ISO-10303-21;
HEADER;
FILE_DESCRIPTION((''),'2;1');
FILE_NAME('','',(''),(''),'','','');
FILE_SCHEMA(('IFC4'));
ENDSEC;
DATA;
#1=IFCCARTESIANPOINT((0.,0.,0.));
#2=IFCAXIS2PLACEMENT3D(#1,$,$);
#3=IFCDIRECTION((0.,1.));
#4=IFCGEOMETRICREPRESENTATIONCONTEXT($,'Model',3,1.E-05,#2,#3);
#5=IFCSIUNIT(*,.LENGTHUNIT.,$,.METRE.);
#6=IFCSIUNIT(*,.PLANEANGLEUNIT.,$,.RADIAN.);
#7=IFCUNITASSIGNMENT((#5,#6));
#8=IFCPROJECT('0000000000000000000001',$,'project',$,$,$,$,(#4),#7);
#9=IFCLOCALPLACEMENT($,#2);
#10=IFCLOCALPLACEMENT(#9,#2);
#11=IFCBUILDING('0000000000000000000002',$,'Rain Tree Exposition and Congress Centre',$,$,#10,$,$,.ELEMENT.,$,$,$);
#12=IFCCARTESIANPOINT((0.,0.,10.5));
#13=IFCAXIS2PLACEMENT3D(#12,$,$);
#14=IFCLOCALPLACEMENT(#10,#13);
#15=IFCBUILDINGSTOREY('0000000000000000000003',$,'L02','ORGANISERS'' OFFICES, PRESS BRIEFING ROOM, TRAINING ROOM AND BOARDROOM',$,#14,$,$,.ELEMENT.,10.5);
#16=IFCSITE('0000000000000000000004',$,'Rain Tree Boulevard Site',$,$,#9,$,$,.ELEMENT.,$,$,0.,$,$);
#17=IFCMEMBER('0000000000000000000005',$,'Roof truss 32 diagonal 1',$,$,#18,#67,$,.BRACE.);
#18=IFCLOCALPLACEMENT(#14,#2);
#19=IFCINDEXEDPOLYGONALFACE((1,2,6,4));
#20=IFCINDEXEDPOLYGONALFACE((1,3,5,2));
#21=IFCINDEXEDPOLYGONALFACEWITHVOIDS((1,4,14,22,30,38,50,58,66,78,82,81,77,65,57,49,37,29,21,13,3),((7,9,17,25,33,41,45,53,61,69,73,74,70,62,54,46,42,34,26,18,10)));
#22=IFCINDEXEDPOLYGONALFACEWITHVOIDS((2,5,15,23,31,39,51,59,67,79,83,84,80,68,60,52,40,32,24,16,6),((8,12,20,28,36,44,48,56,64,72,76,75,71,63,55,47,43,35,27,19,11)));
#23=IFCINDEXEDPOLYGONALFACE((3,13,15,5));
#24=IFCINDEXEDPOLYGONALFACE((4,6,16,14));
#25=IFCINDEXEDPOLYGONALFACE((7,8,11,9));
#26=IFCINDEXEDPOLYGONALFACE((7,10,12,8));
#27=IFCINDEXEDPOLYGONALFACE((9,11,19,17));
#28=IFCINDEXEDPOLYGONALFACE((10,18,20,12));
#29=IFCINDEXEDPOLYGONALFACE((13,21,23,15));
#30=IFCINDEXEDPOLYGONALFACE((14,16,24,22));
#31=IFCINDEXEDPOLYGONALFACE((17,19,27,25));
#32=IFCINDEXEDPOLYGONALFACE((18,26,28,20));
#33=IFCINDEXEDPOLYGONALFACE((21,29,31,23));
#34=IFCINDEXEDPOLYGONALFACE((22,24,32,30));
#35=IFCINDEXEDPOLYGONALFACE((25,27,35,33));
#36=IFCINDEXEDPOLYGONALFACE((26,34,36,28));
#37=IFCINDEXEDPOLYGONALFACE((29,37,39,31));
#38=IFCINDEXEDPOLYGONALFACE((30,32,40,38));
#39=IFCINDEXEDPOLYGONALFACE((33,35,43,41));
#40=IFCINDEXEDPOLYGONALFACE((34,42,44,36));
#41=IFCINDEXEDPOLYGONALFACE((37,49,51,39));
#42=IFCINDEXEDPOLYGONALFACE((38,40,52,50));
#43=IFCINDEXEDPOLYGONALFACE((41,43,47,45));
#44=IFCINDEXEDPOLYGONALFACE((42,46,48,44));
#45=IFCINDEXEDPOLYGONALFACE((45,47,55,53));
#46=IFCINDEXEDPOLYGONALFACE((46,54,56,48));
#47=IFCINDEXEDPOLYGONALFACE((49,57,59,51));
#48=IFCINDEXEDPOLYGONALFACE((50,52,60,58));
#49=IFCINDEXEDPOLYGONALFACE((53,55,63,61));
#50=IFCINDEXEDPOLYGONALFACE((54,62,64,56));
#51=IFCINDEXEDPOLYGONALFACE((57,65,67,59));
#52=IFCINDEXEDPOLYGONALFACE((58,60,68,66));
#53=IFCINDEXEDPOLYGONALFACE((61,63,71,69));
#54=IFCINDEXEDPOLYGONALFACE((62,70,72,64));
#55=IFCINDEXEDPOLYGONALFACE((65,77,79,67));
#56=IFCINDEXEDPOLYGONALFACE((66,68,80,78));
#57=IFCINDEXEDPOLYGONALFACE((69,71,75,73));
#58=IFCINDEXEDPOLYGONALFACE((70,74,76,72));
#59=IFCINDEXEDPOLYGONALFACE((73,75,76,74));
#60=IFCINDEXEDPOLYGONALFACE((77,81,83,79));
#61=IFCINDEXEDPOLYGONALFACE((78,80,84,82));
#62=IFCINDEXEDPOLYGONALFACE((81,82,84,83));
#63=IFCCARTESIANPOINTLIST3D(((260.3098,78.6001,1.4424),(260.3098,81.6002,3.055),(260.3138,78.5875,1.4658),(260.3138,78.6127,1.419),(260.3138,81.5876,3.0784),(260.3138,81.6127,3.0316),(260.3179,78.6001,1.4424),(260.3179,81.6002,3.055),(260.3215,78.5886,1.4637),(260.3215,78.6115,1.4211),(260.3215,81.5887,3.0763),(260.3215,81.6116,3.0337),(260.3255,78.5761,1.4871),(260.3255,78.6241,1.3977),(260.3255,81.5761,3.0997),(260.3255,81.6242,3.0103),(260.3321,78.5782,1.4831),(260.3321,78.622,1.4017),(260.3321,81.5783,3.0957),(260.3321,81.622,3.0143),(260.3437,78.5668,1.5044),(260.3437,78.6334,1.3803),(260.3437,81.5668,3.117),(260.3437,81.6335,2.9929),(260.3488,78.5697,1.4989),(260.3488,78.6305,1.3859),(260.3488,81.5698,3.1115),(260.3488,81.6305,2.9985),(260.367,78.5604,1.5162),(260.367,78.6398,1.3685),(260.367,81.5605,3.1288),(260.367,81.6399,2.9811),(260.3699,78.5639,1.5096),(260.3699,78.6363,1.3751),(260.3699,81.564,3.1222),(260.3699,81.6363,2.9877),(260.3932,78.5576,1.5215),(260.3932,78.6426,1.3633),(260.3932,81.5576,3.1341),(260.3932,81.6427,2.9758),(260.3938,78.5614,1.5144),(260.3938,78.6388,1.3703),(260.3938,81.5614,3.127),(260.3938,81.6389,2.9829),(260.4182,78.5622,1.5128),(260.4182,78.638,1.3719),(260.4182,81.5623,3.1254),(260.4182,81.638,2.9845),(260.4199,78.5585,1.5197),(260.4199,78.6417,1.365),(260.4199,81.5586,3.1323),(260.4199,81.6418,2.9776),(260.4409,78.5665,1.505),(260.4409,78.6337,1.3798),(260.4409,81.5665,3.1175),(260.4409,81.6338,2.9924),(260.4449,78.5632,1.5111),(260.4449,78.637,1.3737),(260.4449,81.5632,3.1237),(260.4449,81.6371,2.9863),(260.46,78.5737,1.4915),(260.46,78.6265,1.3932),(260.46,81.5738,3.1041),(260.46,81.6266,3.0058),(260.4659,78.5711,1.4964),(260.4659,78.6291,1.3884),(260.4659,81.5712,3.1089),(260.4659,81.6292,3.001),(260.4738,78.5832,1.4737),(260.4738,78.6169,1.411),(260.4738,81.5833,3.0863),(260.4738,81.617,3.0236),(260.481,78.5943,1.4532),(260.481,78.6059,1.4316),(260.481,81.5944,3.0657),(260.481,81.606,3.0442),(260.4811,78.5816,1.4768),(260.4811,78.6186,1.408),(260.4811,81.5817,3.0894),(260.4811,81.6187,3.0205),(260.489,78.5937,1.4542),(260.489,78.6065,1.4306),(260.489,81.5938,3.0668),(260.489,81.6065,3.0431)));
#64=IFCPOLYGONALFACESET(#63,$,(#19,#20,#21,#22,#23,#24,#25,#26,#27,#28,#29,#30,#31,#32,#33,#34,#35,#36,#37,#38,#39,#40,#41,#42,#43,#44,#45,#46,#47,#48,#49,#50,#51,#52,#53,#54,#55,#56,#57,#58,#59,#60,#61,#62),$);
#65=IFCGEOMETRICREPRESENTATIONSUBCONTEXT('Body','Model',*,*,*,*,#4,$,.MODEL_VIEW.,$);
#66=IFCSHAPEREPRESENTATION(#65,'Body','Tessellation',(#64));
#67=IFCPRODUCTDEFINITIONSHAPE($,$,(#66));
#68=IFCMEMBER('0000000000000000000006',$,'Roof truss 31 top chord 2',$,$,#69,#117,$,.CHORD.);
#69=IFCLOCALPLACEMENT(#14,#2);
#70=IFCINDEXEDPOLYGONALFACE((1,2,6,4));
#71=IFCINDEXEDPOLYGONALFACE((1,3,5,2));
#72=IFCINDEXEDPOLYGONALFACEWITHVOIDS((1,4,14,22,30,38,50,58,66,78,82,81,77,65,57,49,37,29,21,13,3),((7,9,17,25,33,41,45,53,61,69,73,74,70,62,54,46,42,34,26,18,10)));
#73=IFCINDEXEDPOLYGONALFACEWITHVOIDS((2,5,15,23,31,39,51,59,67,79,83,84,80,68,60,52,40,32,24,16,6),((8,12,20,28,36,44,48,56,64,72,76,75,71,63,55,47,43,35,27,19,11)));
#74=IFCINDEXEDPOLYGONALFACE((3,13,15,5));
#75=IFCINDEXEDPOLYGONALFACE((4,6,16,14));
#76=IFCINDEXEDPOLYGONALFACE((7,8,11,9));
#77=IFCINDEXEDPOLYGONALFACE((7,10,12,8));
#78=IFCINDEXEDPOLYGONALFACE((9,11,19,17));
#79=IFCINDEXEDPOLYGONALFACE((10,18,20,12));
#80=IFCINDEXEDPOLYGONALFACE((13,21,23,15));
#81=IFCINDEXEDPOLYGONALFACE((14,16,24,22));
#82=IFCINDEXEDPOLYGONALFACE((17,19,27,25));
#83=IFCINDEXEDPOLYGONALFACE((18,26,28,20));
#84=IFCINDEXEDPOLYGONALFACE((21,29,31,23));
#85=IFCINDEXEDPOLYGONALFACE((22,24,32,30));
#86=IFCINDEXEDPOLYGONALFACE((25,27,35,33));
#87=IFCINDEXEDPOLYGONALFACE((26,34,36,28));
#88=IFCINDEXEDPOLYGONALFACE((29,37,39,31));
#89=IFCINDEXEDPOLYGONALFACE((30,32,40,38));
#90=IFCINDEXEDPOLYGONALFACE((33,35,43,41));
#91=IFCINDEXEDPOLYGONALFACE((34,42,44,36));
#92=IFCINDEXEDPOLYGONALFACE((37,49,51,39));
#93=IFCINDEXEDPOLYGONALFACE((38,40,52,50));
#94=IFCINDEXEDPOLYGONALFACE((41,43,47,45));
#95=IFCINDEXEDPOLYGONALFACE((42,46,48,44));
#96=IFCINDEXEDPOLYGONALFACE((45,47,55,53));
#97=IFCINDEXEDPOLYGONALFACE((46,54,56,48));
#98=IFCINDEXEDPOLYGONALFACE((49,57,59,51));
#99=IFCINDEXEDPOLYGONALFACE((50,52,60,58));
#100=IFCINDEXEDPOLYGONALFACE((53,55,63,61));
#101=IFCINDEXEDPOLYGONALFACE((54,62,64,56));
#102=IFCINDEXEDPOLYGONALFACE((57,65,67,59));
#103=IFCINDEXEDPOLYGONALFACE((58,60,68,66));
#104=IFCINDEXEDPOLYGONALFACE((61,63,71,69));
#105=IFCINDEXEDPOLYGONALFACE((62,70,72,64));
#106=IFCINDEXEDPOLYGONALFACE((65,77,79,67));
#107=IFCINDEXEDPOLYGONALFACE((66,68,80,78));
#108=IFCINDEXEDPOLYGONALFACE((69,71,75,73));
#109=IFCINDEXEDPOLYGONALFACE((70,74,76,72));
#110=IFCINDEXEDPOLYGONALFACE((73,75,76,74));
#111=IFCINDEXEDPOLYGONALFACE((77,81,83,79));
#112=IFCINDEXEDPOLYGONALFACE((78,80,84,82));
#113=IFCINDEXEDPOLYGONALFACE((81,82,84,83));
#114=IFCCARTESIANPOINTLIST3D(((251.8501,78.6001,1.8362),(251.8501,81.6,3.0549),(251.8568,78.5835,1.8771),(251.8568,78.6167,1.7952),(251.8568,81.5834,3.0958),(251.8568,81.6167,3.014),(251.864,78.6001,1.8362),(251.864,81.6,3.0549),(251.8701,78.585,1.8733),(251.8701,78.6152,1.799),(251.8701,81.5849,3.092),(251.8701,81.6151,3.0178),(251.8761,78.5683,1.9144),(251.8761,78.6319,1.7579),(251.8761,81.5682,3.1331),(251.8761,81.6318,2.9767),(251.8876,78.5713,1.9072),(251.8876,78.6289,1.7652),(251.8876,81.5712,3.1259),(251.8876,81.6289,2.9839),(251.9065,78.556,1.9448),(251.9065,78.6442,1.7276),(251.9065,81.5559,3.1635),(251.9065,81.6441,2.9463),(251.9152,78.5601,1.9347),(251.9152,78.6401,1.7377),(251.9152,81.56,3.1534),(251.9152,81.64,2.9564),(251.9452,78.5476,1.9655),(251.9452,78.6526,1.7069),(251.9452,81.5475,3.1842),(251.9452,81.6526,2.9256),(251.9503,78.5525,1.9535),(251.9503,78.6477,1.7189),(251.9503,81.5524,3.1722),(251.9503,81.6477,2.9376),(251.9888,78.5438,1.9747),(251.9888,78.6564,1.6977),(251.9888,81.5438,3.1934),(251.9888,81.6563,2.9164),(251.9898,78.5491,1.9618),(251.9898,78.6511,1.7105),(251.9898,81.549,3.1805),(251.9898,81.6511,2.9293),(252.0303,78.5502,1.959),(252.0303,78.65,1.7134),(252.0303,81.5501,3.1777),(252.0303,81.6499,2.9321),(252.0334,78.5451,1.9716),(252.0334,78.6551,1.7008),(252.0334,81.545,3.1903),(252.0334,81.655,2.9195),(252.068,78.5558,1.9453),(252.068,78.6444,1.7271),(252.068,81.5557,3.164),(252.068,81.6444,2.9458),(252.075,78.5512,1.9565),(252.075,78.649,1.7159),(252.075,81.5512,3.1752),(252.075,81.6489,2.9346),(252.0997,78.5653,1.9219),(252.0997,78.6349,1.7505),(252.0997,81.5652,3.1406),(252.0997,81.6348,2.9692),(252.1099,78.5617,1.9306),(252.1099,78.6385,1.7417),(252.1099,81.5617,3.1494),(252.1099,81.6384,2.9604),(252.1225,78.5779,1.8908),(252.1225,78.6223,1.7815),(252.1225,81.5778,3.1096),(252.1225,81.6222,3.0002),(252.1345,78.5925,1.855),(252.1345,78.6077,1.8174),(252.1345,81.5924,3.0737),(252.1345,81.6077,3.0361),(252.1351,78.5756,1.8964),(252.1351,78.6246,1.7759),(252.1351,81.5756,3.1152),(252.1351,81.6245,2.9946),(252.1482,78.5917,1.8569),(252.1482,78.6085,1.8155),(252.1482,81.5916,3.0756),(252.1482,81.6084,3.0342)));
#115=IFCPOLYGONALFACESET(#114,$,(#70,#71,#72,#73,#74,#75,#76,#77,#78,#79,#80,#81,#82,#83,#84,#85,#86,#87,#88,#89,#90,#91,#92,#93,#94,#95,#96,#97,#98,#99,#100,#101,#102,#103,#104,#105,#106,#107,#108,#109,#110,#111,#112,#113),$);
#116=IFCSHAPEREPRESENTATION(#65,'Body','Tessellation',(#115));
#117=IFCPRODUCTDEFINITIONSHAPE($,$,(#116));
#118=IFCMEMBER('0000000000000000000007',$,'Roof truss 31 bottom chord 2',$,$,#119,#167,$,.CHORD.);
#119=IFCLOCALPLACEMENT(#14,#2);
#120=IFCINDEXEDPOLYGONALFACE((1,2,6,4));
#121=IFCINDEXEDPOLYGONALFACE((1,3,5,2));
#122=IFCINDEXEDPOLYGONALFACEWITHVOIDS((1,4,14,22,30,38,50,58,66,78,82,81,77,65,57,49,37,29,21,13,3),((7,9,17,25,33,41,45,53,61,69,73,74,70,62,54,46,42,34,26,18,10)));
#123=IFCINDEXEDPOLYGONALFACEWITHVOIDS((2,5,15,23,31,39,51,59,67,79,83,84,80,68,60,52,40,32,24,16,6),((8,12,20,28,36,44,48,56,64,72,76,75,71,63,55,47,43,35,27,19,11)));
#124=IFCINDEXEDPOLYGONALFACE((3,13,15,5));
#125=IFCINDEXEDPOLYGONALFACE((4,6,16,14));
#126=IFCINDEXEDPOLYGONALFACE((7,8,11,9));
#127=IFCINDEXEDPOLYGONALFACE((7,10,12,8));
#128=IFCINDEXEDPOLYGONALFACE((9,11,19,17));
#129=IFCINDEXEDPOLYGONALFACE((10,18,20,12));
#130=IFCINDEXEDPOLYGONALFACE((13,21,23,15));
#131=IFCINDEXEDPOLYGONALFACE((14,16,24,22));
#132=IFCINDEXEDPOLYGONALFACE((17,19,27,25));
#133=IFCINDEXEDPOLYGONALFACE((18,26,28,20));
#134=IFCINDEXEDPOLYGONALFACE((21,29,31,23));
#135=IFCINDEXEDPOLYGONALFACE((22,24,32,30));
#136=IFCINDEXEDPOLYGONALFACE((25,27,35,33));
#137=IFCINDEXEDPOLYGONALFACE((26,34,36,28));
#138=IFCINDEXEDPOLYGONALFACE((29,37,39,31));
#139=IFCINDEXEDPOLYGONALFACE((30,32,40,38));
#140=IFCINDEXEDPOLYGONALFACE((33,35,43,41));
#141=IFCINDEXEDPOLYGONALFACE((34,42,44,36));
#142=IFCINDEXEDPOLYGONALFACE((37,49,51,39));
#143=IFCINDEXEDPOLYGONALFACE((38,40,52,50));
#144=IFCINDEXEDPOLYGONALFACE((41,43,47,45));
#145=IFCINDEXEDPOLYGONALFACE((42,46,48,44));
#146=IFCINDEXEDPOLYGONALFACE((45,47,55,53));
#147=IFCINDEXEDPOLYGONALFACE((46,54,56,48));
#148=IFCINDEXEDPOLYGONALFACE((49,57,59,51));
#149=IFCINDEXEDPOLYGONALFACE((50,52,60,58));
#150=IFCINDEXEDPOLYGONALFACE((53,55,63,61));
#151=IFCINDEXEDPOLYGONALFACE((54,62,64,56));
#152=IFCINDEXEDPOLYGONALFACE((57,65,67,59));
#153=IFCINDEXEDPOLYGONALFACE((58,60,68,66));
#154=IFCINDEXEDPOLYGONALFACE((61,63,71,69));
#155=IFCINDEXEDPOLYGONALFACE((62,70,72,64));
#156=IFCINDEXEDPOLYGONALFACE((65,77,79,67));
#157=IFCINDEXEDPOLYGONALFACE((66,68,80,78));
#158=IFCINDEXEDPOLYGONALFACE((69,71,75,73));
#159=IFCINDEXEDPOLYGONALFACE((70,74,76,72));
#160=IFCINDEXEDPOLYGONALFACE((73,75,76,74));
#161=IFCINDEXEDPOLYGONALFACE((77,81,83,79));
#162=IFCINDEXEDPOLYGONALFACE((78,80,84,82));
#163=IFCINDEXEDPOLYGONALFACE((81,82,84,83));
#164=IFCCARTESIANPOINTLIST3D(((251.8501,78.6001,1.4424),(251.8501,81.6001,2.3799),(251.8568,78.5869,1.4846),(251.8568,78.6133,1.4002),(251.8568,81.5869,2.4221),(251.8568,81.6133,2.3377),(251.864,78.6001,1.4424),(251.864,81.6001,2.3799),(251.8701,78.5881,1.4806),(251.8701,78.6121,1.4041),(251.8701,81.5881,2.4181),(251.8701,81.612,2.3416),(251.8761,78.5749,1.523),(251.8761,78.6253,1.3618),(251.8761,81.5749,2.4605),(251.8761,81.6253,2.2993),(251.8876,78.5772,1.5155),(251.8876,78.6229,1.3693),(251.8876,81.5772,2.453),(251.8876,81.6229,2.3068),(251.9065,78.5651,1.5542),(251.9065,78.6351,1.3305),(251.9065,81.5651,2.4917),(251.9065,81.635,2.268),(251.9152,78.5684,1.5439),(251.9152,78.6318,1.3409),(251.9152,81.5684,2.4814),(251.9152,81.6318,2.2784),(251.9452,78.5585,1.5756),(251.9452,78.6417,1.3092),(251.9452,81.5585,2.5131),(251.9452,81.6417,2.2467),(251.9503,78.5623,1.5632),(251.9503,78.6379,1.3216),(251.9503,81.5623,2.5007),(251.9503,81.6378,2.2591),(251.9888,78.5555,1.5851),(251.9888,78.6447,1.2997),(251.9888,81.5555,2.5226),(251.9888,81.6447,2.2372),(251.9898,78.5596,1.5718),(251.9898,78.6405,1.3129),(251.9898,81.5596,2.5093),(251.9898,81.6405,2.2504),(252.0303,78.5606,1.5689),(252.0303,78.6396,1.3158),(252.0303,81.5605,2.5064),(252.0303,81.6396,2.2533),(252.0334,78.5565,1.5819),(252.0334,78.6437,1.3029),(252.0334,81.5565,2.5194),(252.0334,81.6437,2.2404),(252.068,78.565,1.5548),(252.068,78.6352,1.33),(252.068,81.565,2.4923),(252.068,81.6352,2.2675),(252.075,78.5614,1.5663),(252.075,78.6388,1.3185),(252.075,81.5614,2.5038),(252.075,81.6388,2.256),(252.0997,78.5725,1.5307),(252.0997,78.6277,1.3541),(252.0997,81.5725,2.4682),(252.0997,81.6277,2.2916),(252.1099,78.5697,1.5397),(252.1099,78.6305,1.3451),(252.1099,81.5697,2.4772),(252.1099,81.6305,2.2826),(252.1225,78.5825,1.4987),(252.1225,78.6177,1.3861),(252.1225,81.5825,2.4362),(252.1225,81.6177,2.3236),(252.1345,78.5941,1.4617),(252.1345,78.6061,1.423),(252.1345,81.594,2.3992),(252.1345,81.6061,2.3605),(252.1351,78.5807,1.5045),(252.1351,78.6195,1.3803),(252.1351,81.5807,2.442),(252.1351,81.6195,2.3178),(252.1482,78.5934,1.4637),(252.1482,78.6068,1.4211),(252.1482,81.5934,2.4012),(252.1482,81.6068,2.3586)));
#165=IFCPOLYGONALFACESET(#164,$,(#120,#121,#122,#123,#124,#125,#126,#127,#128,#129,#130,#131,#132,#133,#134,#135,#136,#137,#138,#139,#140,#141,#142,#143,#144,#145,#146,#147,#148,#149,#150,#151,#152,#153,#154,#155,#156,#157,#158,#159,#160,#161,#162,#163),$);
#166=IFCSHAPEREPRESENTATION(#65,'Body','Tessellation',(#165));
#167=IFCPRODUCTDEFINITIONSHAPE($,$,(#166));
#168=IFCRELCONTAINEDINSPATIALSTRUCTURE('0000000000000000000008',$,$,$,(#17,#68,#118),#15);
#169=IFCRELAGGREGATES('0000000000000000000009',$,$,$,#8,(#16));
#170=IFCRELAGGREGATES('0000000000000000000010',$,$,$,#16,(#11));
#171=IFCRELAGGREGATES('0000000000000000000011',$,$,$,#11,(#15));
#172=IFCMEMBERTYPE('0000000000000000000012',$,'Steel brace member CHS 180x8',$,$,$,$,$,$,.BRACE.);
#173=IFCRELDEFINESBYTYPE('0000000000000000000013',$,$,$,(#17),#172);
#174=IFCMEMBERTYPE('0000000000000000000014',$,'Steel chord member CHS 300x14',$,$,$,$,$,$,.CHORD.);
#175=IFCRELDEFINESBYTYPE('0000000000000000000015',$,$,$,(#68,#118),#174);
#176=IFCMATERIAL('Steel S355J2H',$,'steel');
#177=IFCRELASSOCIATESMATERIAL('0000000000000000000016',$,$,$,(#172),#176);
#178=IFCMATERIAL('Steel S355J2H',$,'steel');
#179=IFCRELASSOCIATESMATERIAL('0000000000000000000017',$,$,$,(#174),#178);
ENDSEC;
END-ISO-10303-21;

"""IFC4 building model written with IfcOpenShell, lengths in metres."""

from ifc_helpers import new_model, si_unit, direction, frame, origin, origin_2d, place, context, subcontext, project, spatial, hollow_circle, extrude, material, material_profile, profile_set, type_object, element, save


model = new_model("IFC4")

# Units and contexts
model_context = context("Model", 3, precision=1e-05, world=origin(), true_north=direction((0.0, 1.0)))
body_context = subcontext(model_context, "Body", "Model", "MODEL_VIEW")
ifc_project = project(units=[si_unit("LENGTHUNIT", "METRE"), si_unit("PLANEANGLEUNIT", "RADIAN")], contexts=[model_context])

# Site, building, storey
site_placement = place(None, origin())
site = spatial("IfcSite", under=ifc_project, at=site_placement, Name="Rain Tree Boulevard Site", CompositionType="ELEMENT", RefElevation=0.0)
building_placement = place(site_placement, origin())
building = spatial("IfcBuilding", under=site, at=building_placement, Name="Rain Tree Exposition and Congress Centre", CompositionType="ELEMENT")
storey_placement = place(building_placement, frame((0.0, 0.0, 10.5)))
storey = spatial("IfcBuildingStorey", under=building, at=storey_placement, Name="L02", Description="ORGANISERS' OFFICES, PRESS BRIEFING ROOM, TRAINING ROOM AND BOARDROOM", CompositionType="ELEMENT", Elevation=10.5)

# Members
ifc_material_1 = material(Name="Steel S355J2H", Category="steel")
ifc_material_profile_1 = material_profile(ifc_material_1, hollow_circle(Radius=0.0901, WallThickness=0.0081, at=origin_2d()), Name="CHS 180x8")
ifc_profile_set_1 = profile_set([ifc_material_profile_1], Name="Steel S355J2H")
member_type_1 = type_object("IfcMemberType", Name="Steel brace member CHS 180x8", PredefinedType="BRACE", material=ifc_profile_set_1)
member_1_placement = place(storey_placement, frame((260.3999, 78.6001, 1.4424), z_axis=(0.0, 0.880818, 0.473454), x_axis=(-1.0, 0.0, 0.0)))
element("IfcMember", 1, at=member_1_placement, inside=storey, type_object=member_type_1, Name="Roof truss 32 diagonal 1", PredefinedType="BRACE", context=body_context, shape_type="SweptSolid", body=[
    extrude(hollow_circle(Radius=0.0901, WallThickness=0.0081, at=origin_2d()), origin(), (0.0, 0.0, 1.0), 3.406),
])
ifc_material_2 = material(Name="Steel S355J2H", Category="steel")
ifc_material_profile_2 = material_profile(ifc_material_2, hollow_circle(Radius=0.1499, WallThickness=0.0139, at=origin_2d()), Name="CHS 300x14")
ifc_profile_set_2 = profile_set([ifc_material_profile_2], Name="Steel S355J2H")
member_type_2 = type_object("IfcMemberType", Name="Steel chord member CHS 300x14", PredefinedType="CHORD", material=ifc_profile_set_2)
member_2_placement = place(storey_placement, frame((252.0, 78.6001, 1.8362), z_axis=(0.0, 0.926467, 0.376377), x_axis=(-1.0, 0.0, 0.0)))
element("IfcMember", 2, at=member_2_placement, inside=storey, type_object=member_type_2, Name="Roof truss 31 top chord 2", PredefinedType="CHORD", context=body_context, shape_type="SweptSolid", body=[
    extrude(hollow_circle(Radius=0.1499, WallThickness=0.0139, at=origin_2d()), origin(), (0.0, 0.0, 1.0), 3.238),
])
member_3_placement = place(storey_placement, frame((252.0, 78.6001, 1.4424), z_axis=(0.0, 0.95448, 0.298275), x_axis=(-1.0, 0.0, 0.0)))
element("IfcMember", 3, at=member_3_placement, inside=storey, type_object=member_type_2, Name="Roof truss 31 bottom chord 2", PredefinedType="CHORD", context=body_context, shape_type="SweptSolid", body=[
    extrude(hollow_circle(Radius=0.1499, WallThickness=0.0139, at=origin_2d()), origin(), (0.0, 0.0, 1.0), 3.1431),
])

save(model, "model.ifc")
